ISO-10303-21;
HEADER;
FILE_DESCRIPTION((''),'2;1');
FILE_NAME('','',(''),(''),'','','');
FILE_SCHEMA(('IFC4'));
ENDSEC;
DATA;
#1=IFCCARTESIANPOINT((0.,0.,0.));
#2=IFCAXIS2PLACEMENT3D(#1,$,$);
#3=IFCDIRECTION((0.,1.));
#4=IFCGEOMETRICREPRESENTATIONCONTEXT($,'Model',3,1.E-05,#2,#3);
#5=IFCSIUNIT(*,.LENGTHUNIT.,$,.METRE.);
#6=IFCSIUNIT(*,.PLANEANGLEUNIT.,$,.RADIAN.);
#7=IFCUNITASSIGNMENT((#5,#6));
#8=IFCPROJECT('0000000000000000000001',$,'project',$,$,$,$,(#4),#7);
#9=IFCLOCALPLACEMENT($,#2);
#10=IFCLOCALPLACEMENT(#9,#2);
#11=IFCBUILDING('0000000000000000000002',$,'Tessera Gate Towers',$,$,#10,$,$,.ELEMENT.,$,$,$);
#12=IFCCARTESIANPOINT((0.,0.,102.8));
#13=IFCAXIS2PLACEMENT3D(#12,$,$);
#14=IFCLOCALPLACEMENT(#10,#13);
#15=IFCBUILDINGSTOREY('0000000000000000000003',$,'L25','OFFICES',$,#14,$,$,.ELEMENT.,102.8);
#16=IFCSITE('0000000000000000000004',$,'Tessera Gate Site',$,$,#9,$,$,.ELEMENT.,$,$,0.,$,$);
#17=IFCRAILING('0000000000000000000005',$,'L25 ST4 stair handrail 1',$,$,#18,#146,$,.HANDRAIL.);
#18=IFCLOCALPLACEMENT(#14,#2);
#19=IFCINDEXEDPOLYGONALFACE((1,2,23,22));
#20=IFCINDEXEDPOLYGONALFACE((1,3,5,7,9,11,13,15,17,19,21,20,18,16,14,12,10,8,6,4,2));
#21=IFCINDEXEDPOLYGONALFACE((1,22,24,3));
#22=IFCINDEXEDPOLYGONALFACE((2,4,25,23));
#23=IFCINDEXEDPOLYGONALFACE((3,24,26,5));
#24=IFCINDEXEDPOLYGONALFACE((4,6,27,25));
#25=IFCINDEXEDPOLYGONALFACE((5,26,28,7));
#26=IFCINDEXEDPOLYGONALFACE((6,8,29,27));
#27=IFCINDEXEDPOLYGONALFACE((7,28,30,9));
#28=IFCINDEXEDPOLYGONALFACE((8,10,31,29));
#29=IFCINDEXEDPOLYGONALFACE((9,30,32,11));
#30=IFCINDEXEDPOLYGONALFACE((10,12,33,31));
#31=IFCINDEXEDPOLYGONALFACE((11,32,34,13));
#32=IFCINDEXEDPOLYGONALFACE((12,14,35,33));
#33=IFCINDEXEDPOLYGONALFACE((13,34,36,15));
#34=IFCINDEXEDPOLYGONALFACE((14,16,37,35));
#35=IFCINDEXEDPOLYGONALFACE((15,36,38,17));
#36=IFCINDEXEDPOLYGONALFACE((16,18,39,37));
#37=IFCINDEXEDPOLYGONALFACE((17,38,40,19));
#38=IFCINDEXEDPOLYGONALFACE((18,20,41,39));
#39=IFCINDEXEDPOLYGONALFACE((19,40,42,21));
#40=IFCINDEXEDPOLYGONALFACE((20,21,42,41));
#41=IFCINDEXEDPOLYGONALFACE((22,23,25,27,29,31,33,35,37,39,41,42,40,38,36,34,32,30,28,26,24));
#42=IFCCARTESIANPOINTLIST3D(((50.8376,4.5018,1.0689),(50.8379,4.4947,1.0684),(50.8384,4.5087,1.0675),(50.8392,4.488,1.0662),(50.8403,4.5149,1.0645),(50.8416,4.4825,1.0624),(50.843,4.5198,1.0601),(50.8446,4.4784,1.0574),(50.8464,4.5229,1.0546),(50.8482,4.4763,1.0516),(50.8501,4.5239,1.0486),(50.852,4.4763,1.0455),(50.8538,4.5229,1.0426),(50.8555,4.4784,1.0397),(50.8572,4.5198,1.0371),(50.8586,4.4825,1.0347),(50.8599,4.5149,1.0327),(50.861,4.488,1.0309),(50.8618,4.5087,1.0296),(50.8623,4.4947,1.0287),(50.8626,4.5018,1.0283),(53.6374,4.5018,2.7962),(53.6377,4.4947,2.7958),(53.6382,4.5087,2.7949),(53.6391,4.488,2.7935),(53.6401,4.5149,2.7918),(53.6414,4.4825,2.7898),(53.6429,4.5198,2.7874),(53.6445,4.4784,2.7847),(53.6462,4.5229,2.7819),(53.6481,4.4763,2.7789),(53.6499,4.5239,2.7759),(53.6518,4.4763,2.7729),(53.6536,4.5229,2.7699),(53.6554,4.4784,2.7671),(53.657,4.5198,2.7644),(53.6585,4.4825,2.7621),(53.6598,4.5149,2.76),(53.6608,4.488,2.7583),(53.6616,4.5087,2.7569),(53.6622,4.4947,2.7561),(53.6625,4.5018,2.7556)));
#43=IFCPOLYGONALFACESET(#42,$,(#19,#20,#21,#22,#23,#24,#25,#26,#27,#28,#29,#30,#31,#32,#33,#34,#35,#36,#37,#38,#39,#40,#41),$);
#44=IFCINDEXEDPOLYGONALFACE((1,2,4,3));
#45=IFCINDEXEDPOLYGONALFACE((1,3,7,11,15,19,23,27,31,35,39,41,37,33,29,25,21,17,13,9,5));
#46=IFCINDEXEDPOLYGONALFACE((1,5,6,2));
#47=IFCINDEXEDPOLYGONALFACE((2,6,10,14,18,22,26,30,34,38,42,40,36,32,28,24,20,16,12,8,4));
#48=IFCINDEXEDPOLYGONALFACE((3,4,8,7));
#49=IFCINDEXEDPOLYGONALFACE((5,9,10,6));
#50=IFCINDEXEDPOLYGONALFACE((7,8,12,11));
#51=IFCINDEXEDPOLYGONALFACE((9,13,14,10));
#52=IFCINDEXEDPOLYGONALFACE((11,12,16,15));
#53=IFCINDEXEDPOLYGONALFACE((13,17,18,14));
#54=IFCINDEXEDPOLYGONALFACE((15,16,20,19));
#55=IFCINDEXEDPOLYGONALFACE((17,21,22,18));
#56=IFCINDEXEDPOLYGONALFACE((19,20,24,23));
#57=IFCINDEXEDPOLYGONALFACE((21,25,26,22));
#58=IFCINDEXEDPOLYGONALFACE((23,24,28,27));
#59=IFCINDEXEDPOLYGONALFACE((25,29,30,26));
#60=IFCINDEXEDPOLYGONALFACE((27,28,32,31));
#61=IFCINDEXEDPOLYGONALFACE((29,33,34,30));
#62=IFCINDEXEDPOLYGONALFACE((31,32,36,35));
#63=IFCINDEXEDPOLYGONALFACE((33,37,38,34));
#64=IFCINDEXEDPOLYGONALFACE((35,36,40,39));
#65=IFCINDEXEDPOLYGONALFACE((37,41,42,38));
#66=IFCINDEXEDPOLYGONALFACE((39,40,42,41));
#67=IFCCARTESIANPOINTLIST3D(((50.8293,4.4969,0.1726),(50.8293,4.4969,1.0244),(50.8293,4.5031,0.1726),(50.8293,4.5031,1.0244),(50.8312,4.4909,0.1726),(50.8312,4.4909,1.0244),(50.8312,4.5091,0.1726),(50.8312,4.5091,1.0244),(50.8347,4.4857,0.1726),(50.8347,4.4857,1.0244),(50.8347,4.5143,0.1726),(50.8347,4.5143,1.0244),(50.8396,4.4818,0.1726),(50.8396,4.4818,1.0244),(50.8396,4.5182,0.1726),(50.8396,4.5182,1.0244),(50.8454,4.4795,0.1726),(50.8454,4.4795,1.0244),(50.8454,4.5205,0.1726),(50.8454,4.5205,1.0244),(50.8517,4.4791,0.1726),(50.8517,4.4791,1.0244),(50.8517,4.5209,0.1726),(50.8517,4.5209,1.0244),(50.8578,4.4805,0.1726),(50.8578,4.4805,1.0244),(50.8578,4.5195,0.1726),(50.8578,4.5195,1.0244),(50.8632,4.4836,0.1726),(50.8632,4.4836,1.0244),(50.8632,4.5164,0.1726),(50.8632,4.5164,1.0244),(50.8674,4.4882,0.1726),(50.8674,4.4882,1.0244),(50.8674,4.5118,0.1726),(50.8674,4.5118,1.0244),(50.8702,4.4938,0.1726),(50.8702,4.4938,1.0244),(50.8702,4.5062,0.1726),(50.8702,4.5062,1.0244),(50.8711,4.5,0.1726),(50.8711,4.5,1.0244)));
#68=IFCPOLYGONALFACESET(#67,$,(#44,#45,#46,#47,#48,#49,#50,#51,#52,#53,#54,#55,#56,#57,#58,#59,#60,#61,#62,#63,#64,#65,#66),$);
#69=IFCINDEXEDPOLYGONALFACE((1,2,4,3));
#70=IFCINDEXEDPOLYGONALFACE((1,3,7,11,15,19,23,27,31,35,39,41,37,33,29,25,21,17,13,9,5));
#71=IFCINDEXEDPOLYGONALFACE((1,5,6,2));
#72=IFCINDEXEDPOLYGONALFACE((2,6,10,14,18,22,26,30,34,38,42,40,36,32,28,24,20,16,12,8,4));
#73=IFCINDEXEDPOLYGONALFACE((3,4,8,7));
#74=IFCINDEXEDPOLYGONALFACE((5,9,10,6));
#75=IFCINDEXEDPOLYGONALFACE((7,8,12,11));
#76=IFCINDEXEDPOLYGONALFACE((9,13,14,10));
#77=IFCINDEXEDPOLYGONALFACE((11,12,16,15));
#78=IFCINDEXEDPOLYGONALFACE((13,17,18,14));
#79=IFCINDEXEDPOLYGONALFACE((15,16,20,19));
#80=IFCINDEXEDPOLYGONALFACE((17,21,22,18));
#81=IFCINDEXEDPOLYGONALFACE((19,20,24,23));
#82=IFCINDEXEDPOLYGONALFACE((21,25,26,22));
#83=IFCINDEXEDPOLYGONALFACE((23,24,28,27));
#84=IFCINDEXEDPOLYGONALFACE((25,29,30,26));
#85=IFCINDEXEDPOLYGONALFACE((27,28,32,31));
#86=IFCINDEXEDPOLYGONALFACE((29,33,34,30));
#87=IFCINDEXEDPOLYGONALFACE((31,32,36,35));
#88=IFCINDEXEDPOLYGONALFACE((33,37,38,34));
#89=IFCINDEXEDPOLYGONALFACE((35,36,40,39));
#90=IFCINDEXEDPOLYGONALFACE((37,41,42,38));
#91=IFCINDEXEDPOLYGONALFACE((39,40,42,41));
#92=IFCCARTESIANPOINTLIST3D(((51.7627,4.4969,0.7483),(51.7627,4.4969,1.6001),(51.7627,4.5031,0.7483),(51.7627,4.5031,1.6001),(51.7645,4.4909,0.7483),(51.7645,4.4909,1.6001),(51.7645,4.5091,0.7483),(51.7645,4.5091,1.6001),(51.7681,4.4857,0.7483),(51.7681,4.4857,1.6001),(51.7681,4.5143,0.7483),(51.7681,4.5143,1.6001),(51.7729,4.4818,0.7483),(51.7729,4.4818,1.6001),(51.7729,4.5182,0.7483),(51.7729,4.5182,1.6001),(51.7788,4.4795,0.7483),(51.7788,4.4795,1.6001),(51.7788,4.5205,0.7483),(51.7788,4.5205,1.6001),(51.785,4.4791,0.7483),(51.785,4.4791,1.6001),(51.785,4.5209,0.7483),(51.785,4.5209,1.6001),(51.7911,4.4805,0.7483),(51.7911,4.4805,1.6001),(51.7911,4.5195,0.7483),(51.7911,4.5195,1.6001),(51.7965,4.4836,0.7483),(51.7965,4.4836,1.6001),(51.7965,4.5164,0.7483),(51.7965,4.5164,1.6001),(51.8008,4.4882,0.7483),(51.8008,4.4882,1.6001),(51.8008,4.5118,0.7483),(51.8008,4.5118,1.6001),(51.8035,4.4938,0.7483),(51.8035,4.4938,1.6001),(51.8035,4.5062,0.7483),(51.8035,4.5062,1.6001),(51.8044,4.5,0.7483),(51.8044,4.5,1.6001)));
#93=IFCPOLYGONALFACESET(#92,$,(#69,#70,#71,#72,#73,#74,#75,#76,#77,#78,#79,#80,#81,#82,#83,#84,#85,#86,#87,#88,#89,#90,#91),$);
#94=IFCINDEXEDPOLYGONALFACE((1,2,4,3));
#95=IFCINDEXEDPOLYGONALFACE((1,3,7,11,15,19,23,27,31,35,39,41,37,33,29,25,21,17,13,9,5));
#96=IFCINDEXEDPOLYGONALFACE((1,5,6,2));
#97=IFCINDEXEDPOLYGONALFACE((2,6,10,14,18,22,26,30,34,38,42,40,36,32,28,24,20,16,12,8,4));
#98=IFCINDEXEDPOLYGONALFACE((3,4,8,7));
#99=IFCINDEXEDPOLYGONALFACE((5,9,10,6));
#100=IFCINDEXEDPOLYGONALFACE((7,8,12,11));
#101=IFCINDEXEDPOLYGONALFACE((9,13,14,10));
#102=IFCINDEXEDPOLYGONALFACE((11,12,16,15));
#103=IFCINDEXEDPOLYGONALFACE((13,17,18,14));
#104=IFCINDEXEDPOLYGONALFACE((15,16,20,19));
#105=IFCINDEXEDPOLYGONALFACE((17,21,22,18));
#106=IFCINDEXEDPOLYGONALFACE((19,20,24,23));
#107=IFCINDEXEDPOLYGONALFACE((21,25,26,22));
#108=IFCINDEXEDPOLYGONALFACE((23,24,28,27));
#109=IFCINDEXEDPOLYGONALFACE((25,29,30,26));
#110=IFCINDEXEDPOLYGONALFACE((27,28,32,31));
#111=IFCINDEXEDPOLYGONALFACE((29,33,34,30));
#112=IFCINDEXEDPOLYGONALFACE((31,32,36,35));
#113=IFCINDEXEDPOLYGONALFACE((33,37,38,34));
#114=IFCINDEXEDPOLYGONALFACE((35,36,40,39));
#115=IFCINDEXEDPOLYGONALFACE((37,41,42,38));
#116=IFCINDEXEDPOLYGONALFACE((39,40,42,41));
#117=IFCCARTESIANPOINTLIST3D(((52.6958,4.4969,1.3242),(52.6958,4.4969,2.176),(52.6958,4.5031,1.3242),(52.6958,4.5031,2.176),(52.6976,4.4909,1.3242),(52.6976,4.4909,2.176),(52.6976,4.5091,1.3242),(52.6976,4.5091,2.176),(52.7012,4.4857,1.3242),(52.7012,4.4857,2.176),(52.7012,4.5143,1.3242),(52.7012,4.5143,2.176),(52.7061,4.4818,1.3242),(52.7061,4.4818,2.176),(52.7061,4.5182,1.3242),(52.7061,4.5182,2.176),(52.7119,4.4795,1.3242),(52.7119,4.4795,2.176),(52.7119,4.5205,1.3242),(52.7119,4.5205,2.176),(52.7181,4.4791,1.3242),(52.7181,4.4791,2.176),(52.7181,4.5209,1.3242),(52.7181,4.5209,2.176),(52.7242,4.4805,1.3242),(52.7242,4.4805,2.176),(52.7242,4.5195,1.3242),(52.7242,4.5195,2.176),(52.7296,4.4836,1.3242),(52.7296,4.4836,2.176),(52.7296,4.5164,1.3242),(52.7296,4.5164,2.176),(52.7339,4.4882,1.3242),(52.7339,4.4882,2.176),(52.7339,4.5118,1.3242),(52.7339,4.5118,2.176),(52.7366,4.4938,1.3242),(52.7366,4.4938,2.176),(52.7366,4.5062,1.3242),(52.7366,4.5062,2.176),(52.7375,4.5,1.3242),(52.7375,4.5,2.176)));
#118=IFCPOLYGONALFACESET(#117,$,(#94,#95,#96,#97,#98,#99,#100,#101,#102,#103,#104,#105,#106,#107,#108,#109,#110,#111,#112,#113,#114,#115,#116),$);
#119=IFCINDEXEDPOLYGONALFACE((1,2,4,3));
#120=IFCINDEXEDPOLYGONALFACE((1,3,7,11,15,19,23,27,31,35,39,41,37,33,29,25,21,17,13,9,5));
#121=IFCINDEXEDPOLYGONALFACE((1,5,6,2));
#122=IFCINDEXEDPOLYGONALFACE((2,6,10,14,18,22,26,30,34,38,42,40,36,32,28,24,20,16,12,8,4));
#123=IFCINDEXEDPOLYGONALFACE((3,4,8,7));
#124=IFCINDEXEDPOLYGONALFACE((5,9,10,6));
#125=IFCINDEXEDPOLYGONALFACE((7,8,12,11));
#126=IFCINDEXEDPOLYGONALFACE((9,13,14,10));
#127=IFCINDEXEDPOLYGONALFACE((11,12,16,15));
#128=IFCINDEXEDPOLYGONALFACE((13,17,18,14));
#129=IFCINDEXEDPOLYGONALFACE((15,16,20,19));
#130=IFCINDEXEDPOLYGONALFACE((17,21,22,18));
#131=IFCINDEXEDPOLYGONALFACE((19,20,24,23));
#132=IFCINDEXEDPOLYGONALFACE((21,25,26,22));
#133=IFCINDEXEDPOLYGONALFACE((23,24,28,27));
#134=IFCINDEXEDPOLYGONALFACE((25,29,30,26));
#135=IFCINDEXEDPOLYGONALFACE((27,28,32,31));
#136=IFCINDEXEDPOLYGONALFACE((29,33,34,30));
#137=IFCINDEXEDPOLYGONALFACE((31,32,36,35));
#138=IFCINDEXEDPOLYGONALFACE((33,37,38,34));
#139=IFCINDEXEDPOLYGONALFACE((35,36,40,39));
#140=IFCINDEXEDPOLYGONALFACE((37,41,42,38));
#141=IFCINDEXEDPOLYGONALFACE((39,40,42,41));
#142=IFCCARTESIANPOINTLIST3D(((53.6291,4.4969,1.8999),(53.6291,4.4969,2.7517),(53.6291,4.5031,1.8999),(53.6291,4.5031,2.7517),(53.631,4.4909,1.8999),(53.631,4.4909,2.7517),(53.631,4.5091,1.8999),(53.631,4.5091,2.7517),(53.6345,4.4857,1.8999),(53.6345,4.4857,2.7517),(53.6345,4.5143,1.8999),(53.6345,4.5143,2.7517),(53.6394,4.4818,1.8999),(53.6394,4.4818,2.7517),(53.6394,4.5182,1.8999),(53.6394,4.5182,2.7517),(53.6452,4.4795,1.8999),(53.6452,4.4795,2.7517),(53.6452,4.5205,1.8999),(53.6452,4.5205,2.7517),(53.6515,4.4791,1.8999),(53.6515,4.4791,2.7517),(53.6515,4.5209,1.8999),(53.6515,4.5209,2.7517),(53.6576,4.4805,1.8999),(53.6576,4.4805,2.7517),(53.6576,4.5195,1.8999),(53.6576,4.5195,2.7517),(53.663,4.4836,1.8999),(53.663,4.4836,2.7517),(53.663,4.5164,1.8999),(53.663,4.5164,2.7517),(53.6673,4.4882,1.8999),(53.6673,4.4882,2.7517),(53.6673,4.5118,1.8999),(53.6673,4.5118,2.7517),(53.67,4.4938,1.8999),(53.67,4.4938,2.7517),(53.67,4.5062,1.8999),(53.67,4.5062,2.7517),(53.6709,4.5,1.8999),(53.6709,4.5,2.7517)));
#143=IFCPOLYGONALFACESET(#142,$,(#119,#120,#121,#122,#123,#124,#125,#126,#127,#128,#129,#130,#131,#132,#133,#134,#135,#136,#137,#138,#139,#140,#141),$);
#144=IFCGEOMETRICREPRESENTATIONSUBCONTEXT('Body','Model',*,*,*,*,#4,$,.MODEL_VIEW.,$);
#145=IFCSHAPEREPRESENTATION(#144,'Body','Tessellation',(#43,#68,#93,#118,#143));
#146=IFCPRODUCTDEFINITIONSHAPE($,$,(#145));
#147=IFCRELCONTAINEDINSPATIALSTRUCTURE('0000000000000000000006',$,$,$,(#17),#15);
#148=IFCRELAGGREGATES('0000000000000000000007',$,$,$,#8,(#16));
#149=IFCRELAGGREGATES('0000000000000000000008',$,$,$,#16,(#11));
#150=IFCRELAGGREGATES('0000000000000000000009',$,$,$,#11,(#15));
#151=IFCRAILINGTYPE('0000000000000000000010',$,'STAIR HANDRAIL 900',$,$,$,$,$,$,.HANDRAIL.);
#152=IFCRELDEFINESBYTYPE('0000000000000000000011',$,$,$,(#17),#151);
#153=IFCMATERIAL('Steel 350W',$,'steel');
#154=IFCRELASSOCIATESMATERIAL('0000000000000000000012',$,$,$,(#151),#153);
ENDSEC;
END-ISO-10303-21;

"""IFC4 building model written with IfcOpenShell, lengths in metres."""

from ifc_helpers import new_model, si_unit, direction, frame, origin, origin_2d, place, context, subcontext, project, spatial, circle, extrude, material, type_object, element, save


model = new_model("IFC4")

# Units and contexts
model_context = context("Model", 3, precision=1e-05, world=origin(), true_north=direction((0.0, 1.0)))
body_context = subcontext(model_context, "Body", "Model", "MODEL_VIEW")
ifc_project = project(units=[si_unit("LENGTHUNIT", "METRE"), si_unit("PLANEANGLEUNIT", "RADIAN")], contexts=[model_context])

# Site, building, storey
site_placement = place(None, origin())
site = spatial("IfcSite", under=ifc_project, at=site_placement, Name="Tessera Gate Site", CompositionType="ELEMENT", RefElevation=0.0)
building_placement = place(site_placement, origin())
building = spatial("IfcBuilding", under=site, at=building_placement, Name="Tessera Gate Towers", CompositionType="ELEMENT")
storey_placement = place(building_placement, frame((0.0, 0.0, 102.8)))
storey = spatial("IfcBuildingStorey", under=building, at=storey_placement, Name="L25", Description="OFFICES", CompositionType="ELEMENT", Elevation=102.8)

# Railing
ifc_material_1 = material(Name="Steel 350W", Category="steel")
railing_type_1 = type_object("IfcRailingType", Name="STAIR HANDRAIL 900", PredefinedType="HANDRAIL", material=ifc_material_1)
railing_1_placement = place(storey_placement, frame((50.8501, 4.5, 0.1726)))
element("IfcRailing", 1, at=railing_1_placement, inside=storey, type_object=railing_type_1, Name="L25 ST4 stair handrail 1", PredefinedType="HANDRAIL", context=body_context, shape_type="SweptSolid", body=[
    extrude(circle(Radius=0.0239, at=origin_2d()), frame((0.0, 0.0, 0.876), z_axis=(0.851069, 0.0, 0.525054), x_axis=(0.0, 1.0, 0.0)), (0.0, 0.0, 1.0), 3.2898),
    extrude(circle(Radius=0.021, at=origin_2d()), origin(), (0.0, 0.0, 1.0), 0.8518),
    extrude(circle(Radius=0.021, at=origin_2d()), frame((0.9333, 0.0, 0.5757)), (0.0, 0.0, 1.0), 0.8518),
    extrude(circle(Radius=0.021, at=origin_2d()), frame((1.8665, 0.0, 1.1516)), (0.0, 0.0, 1.0), 0.8518),
    extrude(circle(Radius=0.021, at=origin_2d()), frame((2.7998, 0.0, 1.7273)), (0.0, 0.0, 1.0), 0.8518),
])

save(model, "model.ifc")
